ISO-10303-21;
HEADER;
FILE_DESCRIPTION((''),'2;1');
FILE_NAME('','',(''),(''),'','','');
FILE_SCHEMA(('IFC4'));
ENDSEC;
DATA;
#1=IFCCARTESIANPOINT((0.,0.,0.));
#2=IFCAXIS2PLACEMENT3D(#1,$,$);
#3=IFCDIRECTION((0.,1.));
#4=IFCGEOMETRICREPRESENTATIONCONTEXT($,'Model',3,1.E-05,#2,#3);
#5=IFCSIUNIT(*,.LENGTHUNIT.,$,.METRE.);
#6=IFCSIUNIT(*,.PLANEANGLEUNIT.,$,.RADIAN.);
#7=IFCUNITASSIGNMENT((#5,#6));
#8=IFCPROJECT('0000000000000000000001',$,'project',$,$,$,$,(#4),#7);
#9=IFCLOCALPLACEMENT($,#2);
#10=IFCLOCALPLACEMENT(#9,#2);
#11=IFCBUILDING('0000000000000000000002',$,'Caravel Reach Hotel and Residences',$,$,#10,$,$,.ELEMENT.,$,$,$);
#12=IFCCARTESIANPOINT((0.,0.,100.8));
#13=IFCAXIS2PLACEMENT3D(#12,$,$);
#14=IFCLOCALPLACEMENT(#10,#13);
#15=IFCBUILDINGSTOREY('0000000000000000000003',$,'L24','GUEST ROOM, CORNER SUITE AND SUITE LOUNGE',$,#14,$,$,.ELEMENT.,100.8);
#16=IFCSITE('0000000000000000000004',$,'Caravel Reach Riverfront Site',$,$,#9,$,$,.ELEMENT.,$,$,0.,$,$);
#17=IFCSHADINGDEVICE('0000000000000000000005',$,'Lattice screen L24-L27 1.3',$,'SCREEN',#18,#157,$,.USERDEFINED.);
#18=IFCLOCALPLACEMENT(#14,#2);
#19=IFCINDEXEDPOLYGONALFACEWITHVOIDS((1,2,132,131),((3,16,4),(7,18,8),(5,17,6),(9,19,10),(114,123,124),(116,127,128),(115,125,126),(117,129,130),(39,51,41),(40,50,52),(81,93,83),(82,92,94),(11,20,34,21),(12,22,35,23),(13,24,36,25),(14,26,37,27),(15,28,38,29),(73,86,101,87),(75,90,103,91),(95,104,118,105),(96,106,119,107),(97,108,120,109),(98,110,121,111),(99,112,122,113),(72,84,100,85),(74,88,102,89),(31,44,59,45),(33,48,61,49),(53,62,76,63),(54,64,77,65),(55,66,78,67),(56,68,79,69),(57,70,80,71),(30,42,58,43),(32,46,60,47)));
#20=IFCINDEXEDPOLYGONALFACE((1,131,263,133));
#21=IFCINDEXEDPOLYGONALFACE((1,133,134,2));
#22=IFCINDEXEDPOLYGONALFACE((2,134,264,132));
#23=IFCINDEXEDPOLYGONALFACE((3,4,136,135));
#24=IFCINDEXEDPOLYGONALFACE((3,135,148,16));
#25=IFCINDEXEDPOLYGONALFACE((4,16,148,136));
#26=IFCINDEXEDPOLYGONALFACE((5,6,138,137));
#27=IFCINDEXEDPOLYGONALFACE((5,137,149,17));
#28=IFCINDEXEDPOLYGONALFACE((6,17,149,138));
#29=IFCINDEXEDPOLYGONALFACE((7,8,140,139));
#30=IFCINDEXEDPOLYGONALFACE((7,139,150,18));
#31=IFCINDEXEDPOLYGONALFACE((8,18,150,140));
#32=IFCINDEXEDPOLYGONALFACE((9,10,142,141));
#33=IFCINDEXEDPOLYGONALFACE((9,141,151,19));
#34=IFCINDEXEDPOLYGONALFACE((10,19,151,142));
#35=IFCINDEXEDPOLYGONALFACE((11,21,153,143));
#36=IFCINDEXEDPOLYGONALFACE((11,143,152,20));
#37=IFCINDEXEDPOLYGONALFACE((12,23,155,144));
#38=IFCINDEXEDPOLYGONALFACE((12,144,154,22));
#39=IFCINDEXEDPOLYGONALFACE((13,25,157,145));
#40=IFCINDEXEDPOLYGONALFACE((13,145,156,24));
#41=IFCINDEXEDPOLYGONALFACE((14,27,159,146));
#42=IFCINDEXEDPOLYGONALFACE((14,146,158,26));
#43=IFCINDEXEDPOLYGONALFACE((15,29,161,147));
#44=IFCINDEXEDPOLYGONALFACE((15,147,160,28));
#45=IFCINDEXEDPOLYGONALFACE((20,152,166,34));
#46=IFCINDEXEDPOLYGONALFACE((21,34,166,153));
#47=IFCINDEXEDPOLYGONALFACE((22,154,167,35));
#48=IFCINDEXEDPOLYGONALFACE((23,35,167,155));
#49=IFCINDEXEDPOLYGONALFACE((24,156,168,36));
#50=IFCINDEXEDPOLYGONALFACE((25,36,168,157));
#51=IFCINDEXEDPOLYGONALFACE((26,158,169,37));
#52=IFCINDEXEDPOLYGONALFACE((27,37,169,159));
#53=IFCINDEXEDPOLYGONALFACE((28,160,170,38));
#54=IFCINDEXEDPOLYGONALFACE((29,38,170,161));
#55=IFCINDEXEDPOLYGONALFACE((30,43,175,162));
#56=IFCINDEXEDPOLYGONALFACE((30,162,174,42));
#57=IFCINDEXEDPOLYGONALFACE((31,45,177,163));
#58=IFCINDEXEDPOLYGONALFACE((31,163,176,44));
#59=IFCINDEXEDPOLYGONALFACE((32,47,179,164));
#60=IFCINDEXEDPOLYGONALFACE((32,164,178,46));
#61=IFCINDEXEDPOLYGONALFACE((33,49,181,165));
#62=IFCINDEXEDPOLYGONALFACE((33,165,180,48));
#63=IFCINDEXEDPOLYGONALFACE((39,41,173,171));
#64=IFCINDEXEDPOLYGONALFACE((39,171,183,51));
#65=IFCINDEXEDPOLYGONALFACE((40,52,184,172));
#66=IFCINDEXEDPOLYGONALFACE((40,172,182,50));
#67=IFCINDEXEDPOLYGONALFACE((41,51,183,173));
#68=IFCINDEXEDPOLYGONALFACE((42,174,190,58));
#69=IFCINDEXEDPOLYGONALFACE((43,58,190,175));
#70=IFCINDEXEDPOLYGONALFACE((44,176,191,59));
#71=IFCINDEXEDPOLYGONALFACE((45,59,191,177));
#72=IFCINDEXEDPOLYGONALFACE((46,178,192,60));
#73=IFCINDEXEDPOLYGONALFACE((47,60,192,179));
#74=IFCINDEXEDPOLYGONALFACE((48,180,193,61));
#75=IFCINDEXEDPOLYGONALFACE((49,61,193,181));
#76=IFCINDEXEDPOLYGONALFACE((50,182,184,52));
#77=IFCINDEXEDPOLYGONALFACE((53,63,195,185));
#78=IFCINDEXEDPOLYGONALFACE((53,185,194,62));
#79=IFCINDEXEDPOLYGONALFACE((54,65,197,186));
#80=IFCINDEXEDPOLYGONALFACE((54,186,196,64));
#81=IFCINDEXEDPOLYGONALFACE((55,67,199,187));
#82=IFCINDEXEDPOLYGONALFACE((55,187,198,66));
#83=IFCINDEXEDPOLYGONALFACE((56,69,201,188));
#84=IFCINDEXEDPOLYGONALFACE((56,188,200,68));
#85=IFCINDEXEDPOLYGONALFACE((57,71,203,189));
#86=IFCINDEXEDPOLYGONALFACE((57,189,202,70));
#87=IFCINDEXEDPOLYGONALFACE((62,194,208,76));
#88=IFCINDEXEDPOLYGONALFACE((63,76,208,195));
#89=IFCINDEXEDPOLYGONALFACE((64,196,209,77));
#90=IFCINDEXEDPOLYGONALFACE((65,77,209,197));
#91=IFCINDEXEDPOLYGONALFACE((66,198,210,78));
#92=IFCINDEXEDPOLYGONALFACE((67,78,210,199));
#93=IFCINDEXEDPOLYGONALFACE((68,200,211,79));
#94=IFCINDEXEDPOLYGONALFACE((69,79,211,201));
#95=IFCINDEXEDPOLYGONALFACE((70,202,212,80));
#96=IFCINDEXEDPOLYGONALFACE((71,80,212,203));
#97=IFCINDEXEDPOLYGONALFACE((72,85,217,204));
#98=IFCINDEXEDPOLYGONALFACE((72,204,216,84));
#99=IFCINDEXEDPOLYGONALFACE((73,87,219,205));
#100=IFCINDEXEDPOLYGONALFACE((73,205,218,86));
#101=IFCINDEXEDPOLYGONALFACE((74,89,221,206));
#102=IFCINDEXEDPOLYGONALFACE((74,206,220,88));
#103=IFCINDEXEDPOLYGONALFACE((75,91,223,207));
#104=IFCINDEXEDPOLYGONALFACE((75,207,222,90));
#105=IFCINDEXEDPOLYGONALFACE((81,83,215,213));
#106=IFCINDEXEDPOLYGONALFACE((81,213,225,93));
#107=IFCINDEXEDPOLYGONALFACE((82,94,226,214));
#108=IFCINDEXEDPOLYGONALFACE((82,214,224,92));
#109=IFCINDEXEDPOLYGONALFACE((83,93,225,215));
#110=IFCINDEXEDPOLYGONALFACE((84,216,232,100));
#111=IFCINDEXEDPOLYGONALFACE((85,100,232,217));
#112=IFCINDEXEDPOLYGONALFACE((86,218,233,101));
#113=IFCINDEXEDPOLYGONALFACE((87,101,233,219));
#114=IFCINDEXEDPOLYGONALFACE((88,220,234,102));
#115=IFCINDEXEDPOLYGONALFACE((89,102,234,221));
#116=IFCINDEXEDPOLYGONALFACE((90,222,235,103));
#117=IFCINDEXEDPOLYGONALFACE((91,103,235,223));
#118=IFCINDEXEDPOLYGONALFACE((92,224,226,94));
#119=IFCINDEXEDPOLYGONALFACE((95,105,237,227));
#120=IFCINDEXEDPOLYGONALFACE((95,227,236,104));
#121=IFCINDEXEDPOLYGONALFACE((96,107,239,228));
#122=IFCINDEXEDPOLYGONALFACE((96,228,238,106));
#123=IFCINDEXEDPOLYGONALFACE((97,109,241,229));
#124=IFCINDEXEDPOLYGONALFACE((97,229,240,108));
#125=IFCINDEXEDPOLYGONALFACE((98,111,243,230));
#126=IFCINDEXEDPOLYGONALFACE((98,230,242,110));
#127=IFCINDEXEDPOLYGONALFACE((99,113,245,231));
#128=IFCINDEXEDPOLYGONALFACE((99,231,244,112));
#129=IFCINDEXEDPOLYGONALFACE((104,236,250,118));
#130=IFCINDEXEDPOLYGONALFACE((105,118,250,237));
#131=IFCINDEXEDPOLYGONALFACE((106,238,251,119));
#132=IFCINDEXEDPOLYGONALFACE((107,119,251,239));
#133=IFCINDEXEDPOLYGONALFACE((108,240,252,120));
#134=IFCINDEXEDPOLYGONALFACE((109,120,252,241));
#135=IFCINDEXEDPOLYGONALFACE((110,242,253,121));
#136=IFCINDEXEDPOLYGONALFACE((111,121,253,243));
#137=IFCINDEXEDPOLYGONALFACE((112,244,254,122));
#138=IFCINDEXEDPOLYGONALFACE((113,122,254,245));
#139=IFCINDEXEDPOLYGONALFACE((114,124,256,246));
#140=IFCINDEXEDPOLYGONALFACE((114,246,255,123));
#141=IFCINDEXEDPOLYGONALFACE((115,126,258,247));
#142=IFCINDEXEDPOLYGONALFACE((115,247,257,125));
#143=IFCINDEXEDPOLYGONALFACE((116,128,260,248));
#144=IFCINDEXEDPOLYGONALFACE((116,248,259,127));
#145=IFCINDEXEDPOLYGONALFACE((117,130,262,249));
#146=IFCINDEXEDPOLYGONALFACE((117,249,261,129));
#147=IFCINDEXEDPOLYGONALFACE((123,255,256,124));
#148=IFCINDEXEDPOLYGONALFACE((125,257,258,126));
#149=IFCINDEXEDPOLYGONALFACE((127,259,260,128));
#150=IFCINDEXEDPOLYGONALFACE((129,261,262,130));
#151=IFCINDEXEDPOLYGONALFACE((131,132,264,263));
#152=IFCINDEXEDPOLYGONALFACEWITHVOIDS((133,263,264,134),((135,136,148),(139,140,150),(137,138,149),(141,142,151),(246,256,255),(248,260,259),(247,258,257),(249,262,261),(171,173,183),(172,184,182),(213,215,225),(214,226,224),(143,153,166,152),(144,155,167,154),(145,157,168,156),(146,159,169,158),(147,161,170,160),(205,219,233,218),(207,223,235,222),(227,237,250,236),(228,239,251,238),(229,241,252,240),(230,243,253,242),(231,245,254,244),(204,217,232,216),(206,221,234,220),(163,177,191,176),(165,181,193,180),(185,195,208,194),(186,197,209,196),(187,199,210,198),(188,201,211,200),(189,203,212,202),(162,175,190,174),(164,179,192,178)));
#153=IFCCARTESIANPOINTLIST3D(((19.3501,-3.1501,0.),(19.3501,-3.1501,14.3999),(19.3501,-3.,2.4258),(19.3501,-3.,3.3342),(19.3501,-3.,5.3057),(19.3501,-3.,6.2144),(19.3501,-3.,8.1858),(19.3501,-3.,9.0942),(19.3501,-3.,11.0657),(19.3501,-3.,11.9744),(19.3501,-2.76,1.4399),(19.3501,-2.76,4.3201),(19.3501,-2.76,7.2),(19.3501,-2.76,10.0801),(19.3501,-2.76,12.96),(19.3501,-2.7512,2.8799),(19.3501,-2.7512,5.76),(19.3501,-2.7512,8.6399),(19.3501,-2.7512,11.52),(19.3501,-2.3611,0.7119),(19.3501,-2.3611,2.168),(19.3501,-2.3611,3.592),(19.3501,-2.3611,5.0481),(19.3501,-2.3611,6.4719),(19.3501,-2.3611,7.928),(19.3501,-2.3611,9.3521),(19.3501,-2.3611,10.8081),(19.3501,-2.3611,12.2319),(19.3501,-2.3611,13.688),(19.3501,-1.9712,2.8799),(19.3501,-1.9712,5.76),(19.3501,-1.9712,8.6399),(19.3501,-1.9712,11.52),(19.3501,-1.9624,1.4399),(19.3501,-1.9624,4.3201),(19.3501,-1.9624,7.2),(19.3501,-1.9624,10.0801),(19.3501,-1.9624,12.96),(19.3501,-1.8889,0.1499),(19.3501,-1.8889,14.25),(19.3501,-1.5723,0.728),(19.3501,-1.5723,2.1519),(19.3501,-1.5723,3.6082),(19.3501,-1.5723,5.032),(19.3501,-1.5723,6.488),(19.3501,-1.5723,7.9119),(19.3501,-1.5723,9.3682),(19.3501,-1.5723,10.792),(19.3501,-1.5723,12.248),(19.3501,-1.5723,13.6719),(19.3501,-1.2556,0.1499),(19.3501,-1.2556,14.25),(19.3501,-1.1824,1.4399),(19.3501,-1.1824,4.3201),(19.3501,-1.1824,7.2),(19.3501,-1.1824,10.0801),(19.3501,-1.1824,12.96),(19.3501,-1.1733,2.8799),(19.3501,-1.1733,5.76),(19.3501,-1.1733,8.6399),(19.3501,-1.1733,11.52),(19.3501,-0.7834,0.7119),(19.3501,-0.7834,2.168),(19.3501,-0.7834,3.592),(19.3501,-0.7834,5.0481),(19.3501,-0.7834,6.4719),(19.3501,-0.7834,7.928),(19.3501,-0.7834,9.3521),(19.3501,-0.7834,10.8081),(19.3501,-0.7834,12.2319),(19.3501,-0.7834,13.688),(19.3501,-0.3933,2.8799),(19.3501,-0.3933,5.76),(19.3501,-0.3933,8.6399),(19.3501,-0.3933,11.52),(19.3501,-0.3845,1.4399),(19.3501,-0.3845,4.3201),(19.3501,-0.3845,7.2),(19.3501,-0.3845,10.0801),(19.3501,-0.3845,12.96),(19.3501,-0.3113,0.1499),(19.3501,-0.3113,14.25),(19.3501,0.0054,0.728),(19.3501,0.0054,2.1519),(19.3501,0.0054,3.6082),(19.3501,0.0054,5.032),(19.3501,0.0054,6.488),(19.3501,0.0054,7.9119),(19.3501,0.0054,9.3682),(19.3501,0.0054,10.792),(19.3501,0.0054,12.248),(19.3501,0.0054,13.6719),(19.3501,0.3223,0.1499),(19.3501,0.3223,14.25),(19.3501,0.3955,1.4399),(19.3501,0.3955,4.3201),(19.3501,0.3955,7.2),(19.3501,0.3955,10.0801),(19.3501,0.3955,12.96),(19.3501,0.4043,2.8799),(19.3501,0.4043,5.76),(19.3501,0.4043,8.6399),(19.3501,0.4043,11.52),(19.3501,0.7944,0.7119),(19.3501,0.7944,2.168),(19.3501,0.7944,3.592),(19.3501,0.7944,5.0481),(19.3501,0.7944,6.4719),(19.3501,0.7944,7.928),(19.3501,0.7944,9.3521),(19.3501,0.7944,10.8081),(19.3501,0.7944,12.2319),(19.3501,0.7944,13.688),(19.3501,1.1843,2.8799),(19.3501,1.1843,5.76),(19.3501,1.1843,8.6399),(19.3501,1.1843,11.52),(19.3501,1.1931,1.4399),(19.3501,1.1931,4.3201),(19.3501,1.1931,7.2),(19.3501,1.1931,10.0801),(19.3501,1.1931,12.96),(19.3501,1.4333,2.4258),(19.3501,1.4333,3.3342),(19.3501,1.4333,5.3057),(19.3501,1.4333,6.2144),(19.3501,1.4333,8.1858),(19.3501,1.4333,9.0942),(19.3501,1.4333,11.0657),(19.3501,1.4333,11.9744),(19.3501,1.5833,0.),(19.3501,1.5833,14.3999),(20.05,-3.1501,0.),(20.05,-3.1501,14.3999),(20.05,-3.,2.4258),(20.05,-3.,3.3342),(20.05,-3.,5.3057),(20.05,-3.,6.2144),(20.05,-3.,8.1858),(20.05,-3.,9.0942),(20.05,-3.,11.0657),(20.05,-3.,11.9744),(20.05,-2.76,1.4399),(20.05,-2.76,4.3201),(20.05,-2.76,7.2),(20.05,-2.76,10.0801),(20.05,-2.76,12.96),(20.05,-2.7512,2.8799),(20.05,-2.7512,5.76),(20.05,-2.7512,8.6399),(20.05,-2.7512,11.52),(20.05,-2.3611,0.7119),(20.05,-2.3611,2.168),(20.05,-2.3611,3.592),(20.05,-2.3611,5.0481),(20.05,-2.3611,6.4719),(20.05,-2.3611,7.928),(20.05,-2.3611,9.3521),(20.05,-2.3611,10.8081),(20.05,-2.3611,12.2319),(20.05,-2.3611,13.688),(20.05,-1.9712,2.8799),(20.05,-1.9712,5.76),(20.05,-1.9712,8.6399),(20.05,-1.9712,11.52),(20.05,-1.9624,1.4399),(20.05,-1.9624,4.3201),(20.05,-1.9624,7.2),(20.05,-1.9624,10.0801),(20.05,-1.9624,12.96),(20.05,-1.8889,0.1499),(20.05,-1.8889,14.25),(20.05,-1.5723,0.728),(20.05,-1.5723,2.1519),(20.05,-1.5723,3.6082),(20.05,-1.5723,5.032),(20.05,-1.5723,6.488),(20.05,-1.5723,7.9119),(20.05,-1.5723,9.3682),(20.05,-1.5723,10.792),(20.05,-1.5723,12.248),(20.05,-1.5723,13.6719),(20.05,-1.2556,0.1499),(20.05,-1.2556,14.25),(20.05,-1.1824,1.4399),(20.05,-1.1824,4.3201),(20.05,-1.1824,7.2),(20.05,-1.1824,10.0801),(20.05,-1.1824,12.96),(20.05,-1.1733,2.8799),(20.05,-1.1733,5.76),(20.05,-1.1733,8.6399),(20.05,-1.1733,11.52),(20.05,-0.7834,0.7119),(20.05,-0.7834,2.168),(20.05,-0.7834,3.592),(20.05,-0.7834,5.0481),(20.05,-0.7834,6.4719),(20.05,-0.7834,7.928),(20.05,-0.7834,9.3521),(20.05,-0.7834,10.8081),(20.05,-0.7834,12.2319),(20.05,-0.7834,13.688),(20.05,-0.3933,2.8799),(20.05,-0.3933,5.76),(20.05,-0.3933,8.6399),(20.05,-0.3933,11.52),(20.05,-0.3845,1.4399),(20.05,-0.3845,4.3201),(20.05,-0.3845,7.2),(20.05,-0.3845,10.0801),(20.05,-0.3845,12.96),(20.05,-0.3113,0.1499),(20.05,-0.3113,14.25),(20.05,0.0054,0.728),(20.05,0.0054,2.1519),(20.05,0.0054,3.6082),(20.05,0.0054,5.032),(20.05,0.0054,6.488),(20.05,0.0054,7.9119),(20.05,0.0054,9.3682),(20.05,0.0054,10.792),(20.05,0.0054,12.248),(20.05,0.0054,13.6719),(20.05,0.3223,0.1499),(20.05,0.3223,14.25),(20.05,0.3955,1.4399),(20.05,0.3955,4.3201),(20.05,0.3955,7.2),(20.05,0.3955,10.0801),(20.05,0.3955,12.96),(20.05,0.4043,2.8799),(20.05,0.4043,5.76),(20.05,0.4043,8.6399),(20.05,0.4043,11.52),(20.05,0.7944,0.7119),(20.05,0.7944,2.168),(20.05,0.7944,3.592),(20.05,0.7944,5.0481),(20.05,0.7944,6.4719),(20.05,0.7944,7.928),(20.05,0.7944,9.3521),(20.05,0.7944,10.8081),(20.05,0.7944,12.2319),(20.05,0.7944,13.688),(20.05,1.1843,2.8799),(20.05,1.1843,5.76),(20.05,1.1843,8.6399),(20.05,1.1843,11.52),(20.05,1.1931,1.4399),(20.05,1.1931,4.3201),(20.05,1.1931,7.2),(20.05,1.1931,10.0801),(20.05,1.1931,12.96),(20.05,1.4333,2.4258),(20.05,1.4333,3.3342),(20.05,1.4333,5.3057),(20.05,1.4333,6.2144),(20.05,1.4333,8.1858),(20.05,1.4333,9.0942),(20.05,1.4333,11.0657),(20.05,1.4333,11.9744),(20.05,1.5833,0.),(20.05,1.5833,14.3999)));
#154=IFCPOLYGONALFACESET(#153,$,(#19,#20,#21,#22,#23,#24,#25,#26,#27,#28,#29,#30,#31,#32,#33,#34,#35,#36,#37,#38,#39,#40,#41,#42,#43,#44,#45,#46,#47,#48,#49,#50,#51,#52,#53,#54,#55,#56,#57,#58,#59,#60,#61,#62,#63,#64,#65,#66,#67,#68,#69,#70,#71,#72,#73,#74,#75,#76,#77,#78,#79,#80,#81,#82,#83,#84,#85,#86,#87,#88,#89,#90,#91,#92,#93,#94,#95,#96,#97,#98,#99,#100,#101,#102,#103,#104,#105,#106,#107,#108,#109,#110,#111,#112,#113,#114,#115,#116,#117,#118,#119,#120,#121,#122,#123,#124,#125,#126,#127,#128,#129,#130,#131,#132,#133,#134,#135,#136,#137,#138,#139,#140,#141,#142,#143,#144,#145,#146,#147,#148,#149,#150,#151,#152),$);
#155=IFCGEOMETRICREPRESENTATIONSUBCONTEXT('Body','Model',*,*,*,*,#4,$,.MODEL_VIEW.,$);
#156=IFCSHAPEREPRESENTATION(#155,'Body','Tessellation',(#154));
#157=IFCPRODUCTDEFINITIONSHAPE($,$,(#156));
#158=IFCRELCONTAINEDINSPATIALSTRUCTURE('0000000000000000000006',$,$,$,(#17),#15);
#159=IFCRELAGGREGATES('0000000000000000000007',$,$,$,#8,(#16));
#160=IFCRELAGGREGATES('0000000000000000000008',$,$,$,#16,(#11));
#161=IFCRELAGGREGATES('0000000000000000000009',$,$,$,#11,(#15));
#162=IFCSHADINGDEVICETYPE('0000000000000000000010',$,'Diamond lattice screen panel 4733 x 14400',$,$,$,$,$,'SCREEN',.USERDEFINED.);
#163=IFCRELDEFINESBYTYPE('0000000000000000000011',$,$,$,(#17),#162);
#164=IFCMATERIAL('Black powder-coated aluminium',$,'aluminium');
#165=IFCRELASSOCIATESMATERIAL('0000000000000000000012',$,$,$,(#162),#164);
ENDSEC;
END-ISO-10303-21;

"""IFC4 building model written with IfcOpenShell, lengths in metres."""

from ifc_helpers import new_model, si_unit, direction, frame, origin, place, context, subcontext, project, spatial, polyline, outline, extrude, material, type_object, element, save


model = new_model("IFC4")

# Units and contexts
model_context = context("Model", 3, precision=1e-05, world=origin(), true_north=direction((0.0, 1.0)))
body_context = subcontext(model_context, "Body", "Model", "MODEL_VIEW")
ifc_project = project(units=[si_unit("LENGTHUNIT", "METRE"), si_unit("PLANEANGLEUNIT", "RADIAN")], contexts=[model_context])

# Site, building, storey
site_placement = place(None, origin())
site = spatial("IfcSite", under=ifc_project, at=site_placement, Name="Caravel Reach Riverfront Site", CompositionType="ELEMENT", RefElevation=0.0)
building_placement = place(site_placement, origin())
building = spatial("IfcBuilding", under=site, at=building_placement, Name="Caravel Reach Hotel and Residences", CompositionType="ELEMENT")
storey_placement = place(building_placement, frame((0.0, 0.0, 100.8)))
storey = spatial("IfcBuildingStorey", under=building, at=storey_placement, Name="L24", Description="GUEST ROOM, CORNER SUITE AND SUITE LOUNGE", CompositionType="ELEMENT", Elevation=100.8)

# Shading device
ifc_material_1 = material(Name="Black powder-coated aluminium", Category="aluminium")
shading_device_type_1 = type_object("IfcShadingDeviceType", Name="Diamond lattice screen panel 4733 x 14400", ElementType="SCREEN", PredefinedType="USERDEFINED", material=ifc_material_1)
shading_device_1_placement = place(storey_placement, frame((20.05, 1.5833, 0.0), z_axis=(-1.0, 0.0, 0.0), x_axis=(0.0, -1.0, 0.0)))
element("IfcShadingDevice", 1, at=shading_device_1_placement, inside=storey, type_object=shading_device_type_1, Name="Lattice screen L24-L27 1.3", ObjectType="SCREEN", PredefinedType="USERDEFINED", context=body_context, shape_type="SweptSolid", body=[
    extrude(outline(polyline([(0.0, 0.0), (4.7334, 0.0), (4.7334, 14.3999), (0.0, 14.3999), (0.0, 0.0)]), holes=[polyline([(0.3989, 2.8799), (0.1499, 3.3342), (0.1499, 2.4258), (0.3989, 2.8799)]), polyline([(0.3989, 5.76), (0.1499, 6.2144), (0.1499, 5.3057), (0.3989, 5.76)]), polyline([(0.3989, 8.6399), (0.1499, 9.0942), (0.1499, 8.1858), (0.3989, 8.6399)]), polyline([(0.3989, 11.52), (0.1499, 11.9744), (0.1499, 11.0657), (0.3989, 11.52)]), polyline([(0.7888, 2.168), (0.3901, 1.4399), (0.7888, 0.7119), (1.1877, 1.4399), (0.7888, 2.168)]), polyline([(0.7888, 5.0481), (0.3901, 4.3201), (0.7888, 3.592), (1.1877, 4.3201), (0.7888, 5.0481)]), polyline([(0.7888, 7.928), (0.3901, 7.2), (0.7888, 6.4719), (1.1877, 7.2), (0.7888, 7.928)]), polyline([(0.7888, 10.8081), (0.3901, 10.0801), (0.7888, 9.3521), (1.1877, 10.0801), (0.7888, 10.8081)]), polyline([(0.7888, 13.688), (0.3901, 12.96), (0.7888, 12.2319), (1.1877, 12.96), (0.7888, 13.688)]), polyline([(1.5779, 0.728), (1.261, 0.1499), (1.8945, 0.1499), (1.5779, 0.728)]), polyline([(1.5779, 3.6082), (1.179, 2.8799), (1.5779, 2.1519), (1.9766, 2.8799), (1.5779, 3.6082)]), polyline([(1.5779, 6.488), (1.179, 5.76), (1.5779, 5.032), (1.9766, 5.76), (1.5779, 6.488)]), polyline([(1.5779, 9.3682), (1.179, 8.6399), (1.5779, 7.9119), (1.9766, 8.6399), (1.5779, 9.3682)]), polyline([(1.5779, 12.248), (1.179, 11.52), (1.5779, 10.792), (1.9766, 11.52), (1.5779, 12.248)]), polyline([(1.5779, 13.6719), (1.8945, 14.25), (1.261, 14.25), (1.5779, 13.6719)]), polyline([(2.3667, 2.168), (1.9678, 1.4399), (2.3667, 0.7119), (2.7656, 1.4399), (2.3667, 2.168)]), polyline([(2.3667, 5.0481), (1.9678, 4.3201), (2.3667, 3.592), (2.7656, 4.3201), (2.3667, 5.0481)]), polyline([(2.3667, 7.928), (1.9678, 7.2), (2.3667, 6.4719), (2.7656, 7.2), (2.3667, 7.928)]), polyline([(2.3667, 10.8081), (1.9678, 10.0801), (2.3667, 9.3521), (2.7656, 10.0801), (2.3667, 10.8081)]), polyline([(2.3667, 13.688), (1.9678, 12.96), (2.3667, 12.2319), (2.7656, 12.96), (2.3667, 13.688)]), polyline([(3.1555, 0.728), (2.8389, 0.1499), (3.4722, 0.1499), (3.1555, 0.728)]), polyline([(3.1555, 3.6082), (2.7566, 2.8799), (3.1555, 2.1519), (3.5544, 2.8799), (3.1555, 3.6082)]), polyline([(3.1555, 6.488), (2.7566, 5.76), (3.1555, 5.032), (3.5544, 5.76), (3.1555, 6.488)]), polyline([(3.1555, 9.3682), (2.7566, 8.6399), (3.1555, 7.9119), (3.5544, 8.6399), (3.1555, 9.3682)]), polyline([(3.1555, 12.248), (2.7566, 11.52), (3.1555, 10.792), (3.5544, 11.52), (3.1555, 12.248)]), polyline([(3.1555, 13.6719), (3.4722, 14.25), (2.8389, 14.25), (3.1555, 13.6719)]), polyline([(3.9443, 2.168), (3.5457, 1.4399), (3.9443, 0.7119), (4.3433, 1.4399), (3.9443, 2.168)]), polyline([(3.9443, 5.0481), (3.5457, 4.3201), (3.9443, 3.592), (4.3433, 4.3201), (3.9443, 5.0481)]), polyline([(3.9443, 7.928), (3.5457, 7.2), (3.9443, 6.4719), (4.3433, 7.2), (3.9443, 7.928)]), polyline([(3.9443, 10.8081), (3.5457, 10.0801), (3.9443, 9.3521), (4.3433, 10.0801), (3.9443, 10.8081)]), polyline([(3.9443, 13.688), (3.5457, 12.96), (3.9443, 12.2319), (4.3433, 12.96), (3.9443, 13.688)]), polyline([(4.3345, 2.8799), (4.5833, 2.4258), (4.5833, 3.3342), (4.3345, 2.8799)]), polyline([(4.3345, 5.76), (4.5833, 5.3057), (4.5833, 6.2144), (4.3345, 5.76)]), polyline([(4.3345, 8.6399), (4.5833, 8.1858), (4.5833, 9.0942), (4.3345, 8.6399)]), polyline([(4.3345, 11.52), (4.5833, 11.0657), (4.5833, 11.9744), (4.3345, 11.52)])]), origin(), (0.0, 0.0, 1.0), 0.7),
])

save(model, "model.ifc")
